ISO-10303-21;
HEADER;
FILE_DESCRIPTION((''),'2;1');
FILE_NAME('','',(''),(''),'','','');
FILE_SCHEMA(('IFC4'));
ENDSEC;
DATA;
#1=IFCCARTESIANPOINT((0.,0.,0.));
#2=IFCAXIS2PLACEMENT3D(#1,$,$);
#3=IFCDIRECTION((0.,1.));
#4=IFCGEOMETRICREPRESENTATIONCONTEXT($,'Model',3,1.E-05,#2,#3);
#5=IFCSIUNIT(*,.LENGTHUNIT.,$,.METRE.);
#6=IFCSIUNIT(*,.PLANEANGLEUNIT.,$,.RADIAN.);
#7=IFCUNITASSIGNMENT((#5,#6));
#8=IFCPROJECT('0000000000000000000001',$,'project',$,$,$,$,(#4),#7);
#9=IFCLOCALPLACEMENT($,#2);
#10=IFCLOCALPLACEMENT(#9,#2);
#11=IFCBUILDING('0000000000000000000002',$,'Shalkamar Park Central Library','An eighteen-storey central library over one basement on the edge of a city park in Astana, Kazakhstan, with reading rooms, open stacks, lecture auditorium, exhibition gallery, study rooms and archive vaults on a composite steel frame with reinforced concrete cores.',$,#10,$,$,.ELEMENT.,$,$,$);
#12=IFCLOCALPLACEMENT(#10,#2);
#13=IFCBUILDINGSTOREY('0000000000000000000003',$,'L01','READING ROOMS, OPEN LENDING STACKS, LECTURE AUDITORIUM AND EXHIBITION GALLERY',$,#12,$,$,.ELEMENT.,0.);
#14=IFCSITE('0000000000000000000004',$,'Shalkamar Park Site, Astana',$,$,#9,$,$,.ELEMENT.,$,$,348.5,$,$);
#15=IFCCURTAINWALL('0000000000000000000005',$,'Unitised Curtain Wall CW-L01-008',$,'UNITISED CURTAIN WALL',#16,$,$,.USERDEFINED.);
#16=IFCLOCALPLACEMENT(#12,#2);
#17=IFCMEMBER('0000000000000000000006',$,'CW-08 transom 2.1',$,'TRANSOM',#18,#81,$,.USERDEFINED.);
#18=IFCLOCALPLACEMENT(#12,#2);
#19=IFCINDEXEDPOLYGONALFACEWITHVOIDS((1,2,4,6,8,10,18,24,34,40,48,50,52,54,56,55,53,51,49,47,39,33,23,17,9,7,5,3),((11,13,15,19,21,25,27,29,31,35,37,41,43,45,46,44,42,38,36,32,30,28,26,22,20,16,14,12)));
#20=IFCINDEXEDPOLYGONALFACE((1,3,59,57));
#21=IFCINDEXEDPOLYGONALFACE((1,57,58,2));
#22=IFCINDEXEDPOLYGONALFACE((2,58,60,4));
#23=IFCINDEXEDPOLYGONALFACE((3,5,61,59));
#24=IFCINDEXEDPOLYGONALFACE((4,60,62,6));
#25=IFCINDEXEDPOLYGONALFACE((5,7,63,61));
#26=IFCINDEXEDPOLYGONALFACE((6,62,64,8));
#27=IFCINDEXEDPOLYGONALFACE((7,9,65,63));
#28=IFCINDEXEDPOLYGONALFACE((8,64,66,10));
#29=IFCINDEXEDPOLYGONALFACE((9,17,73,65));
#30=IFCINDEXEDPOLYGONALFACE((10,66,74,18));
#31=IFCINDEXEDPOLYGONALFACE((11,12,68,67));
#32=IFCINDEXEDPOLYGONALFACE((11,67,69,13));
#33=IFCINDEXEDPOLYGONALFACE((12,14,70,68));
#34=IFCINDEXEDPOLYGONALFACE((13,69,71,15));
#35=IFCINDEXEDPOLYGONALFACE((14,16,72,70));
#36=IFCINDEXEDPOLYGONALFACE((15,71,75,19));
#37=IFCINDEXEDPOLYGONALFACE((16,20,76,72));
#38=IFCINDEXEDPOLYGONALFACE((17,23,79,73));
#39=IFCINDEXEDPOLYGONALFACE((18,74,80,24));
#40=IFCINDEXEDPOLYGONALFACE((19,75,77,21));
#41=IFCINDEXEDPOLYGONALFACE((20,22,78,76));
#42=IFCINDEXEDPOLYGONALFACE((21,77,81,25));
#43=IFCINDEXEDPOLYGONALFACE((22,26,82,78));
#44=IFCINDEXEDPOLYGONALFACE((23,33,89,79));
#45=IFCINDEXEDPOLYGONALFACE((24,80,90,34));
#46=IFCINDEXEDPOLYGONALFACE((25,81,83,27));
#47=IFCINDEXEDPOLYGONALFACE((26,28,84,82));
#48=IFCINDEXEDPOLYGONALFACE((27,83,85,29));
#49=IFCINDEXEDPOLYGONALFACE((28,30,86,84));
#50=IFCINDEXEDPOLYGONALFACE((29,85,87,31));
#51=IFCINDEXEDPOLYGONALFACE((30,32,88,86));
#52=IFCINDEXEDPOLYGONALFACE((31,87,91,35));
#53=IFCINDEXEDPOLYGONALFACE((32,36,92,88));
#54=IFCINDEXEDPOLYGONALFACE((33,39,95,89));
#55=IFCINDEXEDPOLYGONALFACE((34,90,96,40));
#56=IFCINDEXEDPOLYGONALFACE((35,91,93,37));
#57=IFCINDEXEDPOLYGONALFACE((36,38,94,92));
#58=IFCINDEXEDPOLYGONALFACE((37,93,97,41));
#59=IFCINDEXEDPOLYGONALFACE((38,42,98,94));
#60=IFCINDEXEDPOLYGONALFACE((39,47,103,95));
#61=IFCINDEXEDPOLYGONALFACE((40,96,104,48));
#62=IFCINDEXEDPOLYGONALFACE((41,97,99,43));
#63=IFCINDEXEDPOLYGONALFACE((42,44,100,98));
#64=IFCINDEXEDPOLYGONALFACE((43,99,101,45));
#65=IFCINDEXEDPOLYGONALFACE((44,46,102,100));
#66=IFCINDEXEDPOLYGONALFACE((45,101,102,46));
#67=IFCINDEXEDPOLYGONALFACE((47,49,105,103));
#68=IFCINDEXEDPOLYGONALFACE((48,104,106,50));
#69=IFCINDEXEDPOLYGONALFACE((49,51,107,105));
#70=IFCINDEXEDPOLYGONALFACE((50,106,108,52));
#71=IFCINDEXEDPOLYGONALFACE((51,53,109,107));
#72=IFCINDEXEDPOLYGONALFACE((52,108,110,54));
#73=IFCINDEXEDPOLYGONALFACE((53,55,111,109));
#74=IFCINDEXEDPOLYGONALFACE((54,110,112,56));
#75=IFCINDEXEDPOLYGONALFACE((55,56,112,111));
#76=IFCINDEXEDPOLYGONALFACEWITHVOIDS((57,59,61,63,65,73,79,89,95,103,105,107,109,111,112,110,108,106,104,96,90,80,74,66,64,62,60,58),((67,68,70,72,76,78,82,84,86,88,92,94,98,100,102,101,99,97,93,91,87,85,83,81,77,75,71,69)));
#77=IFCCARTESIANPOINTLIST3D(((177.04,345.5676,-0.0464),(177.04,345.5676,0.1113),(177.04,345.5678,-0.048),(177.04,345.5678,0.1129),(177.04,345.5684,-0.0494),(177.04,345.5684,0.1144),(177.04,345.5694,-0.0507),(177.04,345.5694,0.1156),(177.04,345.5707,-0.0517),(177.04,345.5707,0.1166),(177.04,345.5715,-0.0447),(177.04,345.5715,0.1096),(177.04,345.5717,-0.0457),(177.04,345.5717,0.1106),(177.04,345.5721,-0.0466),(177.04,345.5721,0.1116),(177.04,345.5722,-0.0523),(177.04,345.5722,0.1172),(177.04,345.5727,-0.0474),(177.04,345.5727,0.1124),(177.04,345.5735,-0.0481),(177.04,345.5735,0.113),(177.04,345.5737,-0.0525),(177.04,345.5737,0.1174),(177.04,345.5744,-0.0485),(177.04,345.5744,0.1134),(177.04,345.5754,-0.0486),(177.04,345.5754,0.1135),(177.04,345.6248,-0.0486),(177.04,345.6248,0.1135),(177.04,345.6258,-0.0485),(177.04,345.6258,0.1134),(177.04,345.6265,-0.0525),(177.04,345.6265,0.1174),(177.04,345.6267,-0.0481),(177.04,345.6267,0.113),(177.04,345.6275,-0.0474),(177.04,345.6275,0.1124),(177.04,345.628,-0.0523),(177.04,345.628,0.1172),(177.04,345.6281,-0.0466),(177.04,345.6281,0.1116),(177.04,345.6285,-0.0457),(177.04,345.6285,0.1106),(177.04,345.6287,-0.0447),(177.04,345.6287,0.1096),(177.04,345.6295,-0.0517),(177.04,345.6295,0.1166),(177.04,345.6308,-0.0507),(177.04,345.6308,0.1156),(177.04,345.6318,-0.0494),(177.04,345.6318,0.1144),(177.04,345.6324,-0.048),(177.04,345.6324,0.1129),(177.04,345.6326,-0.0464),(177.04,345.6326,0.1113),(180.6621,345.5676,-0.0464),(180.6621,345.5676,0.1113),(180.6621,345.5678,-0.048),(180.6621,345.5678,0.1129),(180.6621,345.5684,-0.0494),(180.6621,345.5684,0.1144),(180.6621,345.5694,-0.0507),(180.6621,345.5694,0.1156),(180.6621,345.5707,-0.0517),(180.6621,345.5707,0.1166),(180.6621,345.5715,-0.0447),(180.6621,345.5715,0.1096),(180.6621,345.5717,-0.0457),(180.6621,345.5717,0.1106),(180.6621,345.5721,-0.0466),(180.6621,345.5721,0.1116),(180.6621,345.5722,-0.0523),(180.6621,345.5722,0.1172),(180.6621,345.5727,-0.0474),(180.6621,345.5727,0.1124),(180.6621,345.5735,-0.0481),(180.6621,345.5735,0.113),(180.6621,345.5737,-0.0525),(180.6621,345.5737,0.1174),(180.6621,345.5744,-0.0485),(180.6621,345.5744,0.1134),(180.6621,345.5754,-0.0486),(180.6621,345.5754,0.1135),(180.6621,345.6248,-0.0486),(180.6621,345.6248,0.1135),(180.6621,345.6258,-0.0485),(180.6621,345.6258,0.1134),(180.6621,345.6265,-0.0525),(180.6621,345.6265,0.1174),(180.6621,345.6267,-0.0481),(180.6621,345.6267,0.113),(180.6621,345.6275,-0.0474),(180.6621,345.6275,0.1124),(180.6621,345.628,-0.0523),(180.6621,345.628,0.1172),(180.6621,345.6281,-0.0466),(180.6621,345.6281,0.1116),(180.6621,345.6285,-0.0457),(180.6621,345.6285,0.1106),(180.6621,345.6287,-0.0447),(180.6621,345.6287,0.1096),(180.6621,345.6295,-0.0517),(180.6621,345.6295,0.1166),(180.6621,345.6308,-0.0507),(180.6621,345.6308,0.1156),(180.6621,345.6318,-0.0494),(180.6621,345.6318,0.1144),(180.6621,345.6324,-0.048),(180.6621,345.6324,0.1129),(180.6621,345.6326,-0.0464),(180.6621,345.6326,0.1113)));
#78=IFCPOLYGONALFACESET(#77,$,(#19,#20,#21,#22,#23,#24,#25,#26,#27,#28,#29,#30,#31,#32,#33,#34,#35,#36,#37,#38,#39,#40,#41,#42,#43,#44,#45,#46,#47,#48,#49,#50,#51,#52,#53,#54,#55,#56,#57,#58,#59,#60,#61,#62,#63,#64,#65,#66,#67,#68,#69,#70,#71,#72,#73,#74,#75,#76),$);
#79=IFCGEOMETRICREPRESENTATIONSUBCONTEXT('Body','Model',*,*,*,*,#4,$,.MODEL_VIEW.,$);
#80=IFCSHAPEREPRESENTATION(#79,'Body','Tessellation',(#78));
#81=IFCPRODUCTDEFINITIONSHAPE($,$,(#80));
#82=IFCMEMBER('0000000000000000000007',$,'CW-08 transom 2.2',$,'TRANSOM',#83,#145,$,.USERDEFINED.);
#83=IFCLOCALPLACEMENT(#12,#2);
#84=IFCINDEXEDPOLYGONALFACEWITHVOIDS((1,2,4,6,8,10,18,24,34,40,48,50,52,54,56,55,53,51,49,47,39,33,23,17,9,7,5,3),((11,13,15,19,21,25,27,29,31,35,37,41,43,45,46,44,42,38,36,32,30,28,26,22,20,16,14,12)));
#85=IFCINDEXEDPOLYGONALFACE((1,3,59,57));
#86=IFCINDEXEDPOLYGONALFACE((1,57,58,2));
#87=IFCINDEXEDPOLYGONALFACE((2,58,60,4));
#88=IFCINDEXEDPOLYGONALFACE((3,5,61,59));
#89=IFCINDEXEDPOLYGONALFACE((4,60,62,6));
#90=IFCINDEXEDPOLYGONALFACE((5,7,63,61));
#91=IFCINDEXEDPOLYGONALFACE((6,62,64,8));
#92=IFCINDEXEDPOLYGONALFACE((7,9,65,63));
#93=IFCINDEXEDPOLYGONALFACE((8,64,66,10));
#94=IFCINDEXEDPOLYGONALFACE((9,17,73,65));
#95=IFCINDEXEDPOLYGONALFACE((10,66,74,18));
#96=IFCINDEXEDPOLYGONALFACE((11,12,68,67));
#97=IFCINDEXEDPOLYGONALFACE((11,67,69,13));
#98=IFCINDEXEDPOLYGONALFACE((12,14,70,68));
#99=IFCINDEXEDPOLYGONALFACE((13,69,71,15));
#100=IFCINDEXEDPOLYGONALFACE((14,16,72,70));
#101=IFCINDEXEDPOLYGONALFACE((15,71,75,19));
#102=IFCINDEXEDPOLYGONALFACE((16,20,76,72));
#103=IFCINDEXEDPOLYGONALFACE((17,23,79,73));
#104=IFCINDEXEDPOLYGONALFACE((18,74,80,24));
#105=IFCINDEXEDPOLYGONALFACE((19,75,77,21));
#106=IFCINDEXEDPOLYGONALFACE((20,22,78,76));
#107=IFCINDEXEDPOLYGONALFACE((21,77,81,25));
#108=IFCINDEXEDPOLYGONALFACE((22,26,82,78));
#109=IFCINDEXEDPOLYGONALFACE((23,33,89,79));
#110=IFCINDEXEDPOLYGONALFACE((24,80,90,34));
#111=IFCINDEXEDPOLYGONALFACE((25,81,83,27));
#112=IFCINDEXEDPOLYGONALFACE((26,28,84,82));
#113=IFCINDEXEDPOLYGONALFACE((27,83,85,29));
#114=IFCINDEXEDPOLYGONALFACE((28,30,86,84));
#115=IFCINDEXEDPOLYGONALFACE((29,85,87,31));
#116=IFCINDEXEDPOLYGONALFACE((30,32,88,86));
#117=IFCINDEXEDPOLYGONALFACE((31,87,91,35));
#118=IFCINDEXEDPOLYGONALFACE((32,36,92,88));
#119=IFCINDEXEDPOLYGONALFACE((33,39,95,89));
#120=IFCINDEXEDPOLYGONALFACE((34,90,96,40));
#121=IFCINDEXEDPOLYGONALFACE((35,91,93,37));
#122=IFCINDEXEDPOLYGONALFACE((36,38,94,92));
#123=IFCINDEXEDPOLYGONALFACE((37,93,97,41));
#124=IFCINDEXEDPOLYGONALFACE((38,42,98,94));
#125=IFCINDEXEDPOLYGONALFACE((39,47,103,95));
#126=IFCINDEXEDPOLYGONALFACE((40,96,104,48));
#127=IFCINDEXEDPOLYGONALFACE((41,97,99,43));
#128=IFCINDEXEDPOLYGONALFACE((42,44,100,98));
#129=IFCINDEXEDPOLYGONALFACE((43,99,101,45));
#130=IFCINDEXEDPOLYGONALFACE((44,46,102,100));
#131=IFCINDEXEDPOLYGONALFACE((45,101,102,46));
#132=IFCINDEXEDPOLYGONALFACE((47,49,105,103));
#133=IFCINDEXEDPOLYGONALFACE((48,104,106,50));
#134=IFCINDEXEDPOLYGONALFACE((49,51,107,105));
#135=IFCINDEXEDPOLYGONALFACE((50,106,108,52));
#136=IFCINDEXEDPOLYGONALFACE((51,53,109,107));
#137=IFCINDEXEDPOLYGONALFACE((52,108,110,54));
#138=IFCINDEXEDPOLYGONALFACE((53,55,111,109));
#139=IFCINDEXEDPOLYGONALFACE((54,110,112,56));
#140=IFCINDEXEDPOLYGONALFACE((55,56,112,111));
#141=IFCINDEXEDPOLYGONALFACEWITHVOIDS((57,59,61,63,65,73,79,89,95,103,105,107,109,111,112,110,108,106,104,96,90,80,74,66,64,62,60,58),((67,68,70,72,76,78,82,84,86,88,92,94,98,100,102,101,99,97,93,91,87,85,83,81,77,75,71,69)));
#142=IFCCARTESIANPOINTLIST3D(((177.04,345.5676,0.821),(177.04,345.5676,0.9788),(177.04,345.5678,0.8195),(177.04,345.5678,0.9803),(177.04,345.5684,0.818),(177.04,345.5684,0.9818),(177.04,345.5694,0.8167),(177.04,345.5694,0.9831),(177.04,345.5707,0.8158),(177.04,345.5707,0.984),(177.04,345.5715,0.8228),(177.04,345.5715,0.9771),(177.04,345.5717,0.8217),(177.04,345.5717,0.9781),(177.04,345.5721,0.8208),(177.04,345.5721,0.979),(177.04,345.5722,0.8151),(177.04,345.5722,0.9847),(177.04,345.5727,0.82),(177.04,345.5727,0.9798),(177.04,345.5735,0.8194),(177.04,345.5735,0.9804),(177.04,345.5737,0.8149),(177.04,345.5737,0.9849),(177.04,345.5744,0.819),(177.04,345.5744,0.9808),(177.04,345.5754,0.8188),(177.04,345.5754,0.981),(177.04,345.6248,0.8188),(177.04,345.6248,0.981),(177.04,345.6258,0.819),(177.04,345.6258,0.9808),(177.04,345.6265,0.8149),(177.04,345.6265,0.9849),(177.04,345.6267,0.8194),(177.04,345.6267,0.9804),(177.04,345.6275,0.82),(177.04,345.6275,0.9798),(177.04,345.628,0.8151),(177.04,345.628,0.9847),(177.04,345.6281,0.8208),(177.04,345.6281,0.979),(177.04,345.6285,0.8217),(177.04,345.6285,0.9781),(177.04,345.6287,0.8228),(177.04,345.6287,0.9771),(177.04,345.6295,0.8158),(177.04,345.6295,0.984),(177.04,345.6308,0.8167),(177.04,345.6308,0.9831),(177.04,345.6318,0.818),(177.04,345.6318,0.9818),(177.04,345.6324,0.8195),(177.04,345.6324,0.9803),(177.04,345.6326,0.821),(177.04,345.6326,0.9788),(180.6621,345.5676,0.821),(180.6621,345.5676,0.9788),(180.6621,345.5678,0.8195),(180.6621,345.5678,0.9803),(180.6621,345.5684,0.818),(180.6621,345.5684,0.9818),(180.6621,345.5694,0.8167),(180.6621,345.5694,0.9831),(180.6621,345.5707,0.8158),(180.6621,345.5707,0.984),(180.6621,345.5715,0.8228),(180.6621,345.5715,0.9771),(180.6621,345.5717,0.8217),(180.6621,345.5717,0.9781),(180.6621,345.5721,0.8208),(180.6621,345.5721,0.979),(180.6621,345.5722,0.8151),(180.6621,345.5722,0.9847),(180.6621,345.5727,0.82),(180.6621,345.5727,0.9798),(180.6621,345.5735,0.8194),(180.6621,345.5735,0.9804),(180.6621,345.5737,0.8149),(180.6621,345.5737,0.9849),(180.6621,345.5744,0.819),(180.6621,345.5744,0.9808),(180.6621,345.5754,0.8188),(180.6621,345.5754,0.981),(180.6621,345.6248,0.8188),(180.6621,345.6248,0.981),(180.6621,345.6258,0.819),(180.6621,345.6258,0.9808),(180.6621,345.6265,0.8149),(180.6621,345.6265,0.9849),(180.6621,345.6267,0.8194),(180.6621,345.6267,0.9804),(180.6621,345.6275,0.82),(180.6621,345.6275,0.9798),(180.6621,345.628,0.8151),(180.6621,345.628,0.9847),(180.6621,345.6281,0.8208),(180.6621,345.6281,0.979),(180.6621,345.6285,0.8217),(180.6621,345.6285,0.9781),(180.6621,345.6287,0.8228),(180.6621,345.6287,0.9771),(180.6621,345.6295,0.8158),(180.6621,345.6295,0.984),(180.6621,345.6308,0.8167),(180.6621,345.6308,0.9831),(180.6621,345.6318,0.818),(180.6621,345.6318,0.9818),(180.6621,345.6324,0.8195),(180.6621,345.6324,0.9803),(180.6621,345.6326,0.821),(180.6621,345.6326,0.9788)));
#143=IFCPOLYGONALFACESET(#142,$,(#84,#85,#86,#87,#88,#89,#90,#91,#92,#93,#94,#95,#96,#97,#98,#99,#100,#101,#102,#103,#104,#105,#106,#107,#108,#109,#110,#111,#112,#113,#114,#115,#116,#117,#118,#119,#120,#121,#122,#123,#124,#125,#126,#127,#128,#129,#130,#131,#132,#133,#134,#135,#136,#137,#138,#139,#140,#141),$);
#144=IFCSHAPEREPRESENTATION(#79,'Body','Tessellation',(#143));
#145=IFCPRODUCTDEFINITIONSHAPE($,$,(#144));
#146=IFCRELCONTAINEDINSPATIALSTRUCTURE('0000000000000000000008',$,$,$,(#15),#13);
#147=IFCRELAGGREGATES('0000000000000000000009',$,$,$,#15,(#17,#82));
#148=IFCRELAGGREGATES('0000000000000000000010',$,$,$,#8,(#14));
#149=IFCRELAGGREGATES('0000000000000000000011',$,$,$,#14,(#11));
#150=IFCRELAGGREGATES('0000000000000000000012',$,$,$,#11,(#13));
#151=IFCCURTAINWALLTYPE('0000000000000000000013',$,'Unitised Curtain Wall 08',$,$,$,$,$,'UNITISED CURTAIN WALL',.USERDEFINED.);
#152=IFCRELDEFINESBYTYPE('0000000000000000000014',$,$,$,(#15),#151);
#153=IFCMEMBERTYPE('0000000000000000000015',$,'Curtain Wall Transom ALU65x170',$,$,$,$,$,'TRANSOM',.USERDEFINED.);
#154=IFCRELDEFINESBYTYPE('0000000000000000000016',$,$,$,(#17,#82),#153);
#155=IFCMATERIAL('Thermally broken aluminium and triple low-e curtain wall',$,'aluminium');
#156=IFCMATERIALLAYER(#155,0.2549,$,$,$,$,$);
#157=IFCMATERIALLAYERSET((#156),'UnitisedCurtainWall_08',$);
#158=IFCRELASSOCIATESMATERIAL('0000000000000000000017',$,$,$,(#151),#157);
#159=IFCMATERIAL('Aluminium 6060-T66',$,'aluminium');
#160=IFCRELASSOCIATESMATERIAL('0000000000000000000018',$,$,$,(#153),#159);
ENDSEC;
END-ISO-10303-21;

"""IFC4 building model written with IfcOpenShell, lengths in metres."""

from ifc_helpers import new_model, si_unit, direction, frame, origin, origin_2d, place, context, subcontext, project, spatial, hollow_rectangle, extrude, material, layer, layer_set, material_profile, profile_set, type_object, element, aggregate, save


model = new_model("IFC4")

# Units and contexts
model_context = context("Model", 3, precision=1e-05, world=origin(), true_north=direction((0.0, 1.0)))
body_context = subcontext(model_context, "Body", "Model", "MODEL_VIEW")
ifc_project = project(units=[si_unit("LENGTHUNIT", "METRE"), si_unit("PLANEANGLEUNIT", "RADIAN")], contexts=[model_context])

# Site, building, storey
site_placement = place(None, origin())
site = spatial("IfcSite", under=ifc_project, at=site_placement, Name="Shalkamar Park Site, Astana", CompositionType="ELEMENT", RefElevation=348.5)
building_placement = place(site_placement, origin())
building = spatial("IfcBuilding", under=site, at=building_placement, Name="Shalkamar Park Central Library", Description="An eighteen-storey central library over one basement on the edge of a city park in Astana, Kazakhstan, with reading rooms, open stacks, lecture auditorium, exhibition gallery, study rooms and archive vaults on a composite steel frame with reinforced concrete cores.", CompositionType="ELEMENT")
storey_placement = place(building_placement, origin())
storey = spatial("IfcBuildingStorey", under=building, at=storey_placement, Name="L01", Description="READING ROOMS, OPEN LENDING STACKS, LECTURE AUDITORIUM AND EXHIBITION GALLERY", CompositionType="ELEMENT", Elevation=0.0)

# Curtain wall, members
ifc_material_1 = material(Name="Thermally broken aluminium and triple low-e curtain wall", Category="aluminium")
ifc_layer_1 = layer(ifc_material_1, 0.2549)
ifc_layer_set_1 = layer_set([ifc_layer_1], Name="UnitisedCurtainWall_08")
curtain_wall_type = type_object("IfcCurtainWallType", Name="Unitised Curtain Wall 08", ElementType="UNITISED CURTAIN WALL", PredefinedType="USERDEFINED", material=ifc_layer_set_1)
curtain_wall_placement = place(storey_placement, origin())
curtain_wall = element("IfcCurtainWall", 1, at=curtain_wall_placement, inside=storey, type_object=curtain_wall_type, Name="Unitised Curtain Wall CW-L01-008", ObjectType="UNITISED CURTAIN WALL", PredefinedType="USERDEFINED")
ifc_material_2 = material(Name="Aluminium 6060-T66", Category="aluminium")
ifc_material_profile_1 = material_profile(ifc_material_2, hollow_rectangle(XDim=0.0649, YDim=0.1699, WallThickness=0.0039, InnerFilletRadius=0.0039, OuterFilletRadius=0.0061, at=origin_2d()), Name="ALU 65x170x4")
ifc_profile_set_1 = profile_set([ifc_material_profile_1], Name="Aluminium 6060-T66")
member_type_1 = type_object("IfcMemberType", Name="Curtain Wall Transom ALU65x170", ElementType="TRANSOM", PredefinedType="USERDEFINED", material=ifc_profile_set_1)
member_1_placement = place(storey_placement, frame((177.04, 345.6001, 0.0325), z_axis=(1.0, 0.0, 0.0), x_axis=(0.0, 1.0, 0.0)))
member_1 = element("IfcMember", 2, at=member_1_placement, type_object=member_type_1, Name="CW-08 transom 2.1", ObjectType="TRANSOM", PredefinedType="USERDEFINED", context=body_context, shape_type="SweptSolid", body=[
    extrude(hollow_rectangle(XDim=0.0649, YDim=0.1699, WallThickness=0.0039, InnerFilletRadius=0.0039, OuterFilletRadius=0.0061, at=origin_2d()), origin(), (0.0, 0.0, 1.0), 3.6221),
])
member_2_placement = place(storey_placement, frame((177.04, 345.6001, 0.8999), z_axis=(1.0, 0.0, 0.0), x_axis=(0.0, 1.0, 0.0)))
member_2 = element("IfcMember", 3, at=member_2_placement, type_object=member_type_1, Name="CW-08 transom 2.2", ObjectType="TRANSOM", PredefinedType="USERDEFINED", context=body_context, shape_type="SweptSolid", body=[
    extrude(hollow_rectangle(XDim=0.0649, YDim=0.1699, WallThickness=0.0039, InnerFilletRadius=0.0039, OuterFilletRadius=0.0061, at=origin_2d()), origin(), (0.0, 0.0, 1.0), 3.6221),
])

aggregate(curtain_wall, [member_1, member_2])

save(model, "model.ifc")
